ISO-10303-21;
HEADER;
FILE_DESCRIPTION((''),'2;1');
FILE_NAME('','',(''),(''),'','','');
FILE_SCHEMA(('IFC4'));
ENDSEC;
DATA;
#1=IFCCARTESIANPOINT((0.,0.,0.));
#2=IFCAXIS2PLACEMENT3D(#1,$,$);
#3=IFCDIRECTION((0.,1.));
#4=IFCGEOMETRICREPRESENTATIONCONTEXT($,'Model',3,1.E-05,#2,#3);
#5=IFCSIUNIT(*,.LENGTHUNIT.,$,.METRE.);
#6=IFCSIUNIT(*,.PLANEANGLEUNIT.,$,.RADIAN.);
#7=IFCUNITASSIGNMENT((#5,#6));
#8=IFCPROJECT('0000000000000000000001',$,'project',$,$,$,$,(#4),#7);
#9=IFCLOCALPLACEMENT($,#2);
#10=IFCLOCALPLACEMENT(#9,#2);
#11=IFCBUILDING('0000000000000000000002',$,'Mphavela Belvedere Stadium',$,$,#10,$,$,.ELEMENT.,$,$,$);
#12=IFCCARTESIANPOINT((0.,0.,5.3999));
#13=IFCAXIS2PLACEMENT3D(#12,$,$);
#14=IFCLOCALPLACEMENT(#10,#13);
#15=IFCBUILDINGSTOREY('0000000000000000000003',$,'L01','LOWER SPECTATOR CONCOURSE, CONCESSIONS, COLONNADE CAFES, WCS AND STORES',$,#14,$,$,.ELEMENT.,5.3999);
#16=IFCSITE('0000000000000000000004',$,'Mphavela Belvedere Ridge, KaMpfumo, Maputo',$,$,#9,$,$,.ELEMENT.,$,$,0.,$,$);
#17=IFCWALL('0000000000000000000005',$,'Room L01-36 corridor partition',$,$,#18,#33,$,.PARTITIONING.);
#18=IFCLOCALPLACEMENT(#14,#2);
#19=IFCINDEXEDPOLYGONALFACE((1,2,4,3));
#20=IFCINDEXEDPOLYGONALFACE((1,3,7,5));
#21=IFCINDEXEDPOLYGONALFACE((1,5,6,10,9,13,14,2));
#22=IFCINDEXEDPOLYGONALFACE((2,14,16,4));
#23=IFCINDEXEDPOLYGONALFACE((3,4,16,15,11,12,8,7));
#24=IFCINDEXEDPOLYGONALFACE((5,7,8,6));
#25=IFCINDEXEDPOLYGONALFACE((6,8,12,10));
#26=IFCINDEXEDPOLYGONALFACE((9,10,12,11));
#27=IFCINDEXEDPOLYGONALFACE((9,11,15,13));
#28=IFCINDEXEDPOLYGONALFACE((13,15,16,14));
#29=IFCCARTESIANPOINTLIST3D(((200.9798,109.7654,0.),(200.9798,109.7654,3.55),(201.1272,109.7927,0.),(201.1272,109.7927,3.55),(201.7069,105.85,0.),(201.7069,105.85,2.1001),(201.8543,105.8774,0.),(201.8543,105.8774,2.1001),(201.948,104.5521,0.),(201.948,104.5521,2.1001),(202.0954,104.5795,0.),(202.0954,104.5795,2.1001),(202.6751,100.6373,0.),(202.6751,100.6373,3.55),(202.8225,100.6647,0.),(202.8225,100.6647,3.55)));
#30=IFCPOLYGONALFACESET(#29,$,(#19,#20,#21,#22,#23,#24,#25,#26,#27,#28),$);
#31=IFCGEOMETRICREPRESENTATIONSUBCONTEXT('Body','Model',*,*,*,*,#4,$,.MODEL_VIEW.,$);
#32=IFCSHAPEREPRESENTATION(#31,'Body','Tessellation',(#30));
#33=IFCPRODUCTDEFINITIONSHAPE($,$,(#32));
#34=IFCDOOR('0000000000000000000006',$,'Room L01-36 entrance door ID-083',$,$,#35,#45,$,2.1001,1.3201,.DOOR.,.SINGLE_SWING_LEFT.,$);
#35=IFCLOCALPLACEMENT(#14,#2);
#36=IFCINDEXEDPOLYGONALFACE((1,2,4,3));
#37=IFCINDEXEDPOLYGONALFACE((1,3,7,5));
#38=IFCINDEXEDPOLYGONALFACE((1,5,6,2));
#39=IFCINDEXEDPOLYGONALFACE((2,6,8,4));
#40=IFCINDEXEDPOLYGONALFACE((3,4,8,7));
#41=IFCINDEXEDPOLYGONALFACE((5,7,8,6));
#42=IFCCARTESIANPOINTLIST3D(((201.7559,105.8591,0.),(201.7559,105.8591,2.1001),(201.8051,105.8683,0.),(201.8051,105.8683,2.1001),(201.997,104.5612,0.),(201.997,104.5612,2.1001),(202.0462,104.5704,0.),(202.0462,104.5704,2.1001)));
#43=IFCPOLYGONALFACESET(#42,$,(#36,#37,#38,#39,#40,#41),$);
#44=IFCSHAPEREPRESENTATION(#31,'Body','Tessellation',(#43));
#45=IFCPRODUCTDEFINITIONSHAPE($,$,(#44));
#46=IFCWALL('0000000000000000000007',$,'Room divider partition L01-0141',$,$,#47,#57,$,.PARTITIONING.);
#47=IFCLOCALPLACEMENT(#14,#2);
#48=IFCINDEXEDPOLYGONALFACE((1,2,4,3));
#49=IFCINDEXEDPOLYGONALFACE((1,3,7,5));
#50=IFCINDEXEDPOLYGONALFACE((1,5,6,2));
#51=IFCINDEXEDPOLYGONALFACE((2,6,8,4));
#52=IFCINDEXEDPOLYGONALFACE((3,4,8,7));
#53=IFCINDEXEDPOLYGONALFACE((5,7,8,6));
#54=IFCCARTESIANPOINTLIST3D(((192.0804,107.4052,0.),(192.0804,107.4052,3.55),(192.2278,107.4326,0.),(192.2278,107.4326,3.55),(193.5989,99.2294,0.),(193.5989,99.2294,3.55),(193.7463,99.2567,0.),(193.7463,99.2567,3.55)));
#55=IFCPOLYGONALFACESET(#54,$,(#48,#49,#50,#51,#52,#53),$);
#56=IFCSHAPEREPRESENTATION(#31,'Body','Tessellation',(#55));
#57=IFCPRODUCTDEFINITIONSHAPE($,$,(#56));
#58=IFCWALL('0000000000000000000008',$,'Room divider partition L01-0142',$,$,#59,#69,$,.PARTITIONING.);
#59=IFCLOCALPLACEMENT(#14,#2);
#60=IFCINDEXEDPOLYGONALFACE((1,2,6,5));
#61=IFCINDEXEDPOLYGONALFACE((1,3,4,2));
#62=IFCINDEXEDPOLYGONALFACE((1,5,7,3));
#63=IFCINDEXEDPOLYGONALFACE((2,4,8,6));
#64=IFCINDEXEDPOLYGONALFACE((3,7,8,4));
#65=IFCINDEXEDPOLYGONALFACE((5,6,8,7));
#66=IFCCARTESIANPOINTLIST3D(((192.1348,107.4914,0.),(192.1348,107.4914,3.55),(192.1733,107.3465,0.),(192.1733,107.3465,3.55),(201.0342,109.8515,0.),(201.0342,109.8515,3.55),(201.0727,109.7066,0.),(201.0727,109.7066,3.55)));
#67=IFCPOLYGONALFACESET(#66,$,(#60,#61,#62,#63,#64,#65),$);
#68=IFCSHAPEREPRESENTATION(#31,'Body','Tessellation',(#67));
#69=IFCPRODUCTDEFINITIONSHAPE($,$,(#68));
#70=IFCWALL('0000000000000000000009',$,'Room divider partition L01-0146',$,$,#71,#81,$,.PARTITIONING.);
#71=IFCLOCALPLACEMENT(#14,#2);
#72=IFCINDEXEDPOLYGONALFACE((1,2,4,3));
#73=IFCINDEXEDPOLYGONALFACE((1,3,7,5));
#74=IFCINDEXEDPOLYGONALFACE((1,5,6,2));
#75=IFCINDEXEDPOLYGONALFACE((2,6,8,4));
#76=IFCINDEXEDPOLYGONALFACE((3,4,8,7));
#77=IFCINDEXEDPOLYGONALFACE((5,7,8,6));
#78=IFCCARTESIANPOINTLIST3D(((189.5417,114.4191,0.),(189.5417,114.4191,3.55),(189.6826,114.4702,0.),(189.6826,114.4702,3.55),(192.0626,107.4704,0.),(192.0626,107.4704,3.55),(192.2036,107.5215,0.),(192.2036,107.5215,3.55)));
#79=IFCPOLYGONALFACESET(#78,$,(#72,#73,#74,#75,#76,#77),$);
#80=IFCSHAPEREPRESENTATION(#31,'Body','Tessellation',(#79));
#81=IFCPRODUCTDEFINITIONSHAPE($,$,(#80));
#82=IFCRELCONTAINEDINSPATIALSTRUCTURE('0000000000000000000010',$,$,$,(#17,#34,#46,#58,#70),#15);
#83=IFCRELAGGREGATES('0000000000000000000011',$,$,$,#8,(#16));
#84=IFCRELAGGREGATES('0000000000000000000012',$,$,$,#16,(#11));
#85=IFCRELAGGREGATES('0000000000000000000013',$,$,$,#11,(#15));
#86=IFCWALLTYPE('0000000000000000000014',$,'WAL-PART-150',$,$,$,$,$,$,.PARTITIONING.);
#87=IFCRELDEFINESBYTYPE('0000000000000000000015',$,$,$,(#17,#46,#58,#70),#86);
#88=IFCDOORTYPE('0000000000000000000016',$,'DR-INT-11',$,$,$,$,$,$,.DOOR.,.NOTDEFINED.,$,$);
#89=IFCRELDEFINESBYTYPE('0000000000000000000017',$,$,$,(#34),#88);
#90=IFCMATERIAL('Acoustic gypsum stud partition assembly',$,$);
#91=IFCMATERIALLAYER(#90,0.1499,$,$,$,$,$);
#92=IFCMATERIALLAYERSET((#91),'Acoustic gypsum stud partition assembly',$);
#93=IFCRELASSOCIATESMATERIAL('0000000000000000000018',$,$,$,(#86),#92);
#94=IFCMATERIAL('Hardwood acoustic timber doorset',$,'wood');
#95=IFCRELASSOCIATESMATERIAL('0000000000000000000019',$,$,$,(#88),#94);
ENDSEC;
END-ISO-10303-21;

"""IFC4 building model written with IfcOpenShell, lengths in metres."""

from ifc_helpers import new_model, si_unit, direction, frame, frame_2d, origin, place, context, subcontext, project, spatial, rectangle, extrude, material, layer, layer_set, type_object, element, fill, save


model = new_model("IFC4")

# Units and contexts
model_context = context("Model", 3, precision=1e-05, world=origin(), true_north=direction((0.0, 1.0)))
body_context = subcontext(model_context, "Body", "Model", "MODEL_VIEW")
ifc_project = project(units=[si_unit("LENGTHUNIT", "METRE"), si_unit("PLANEANGLEUNIT", "RADIAN")], contexts=[model_context])

# Site, building, storey
site_placement = place(None, origin())
site = spatial("IfcSite", under=ifc_project, at=site_placement, Name="Mphavela Belvedere Ridge, KaMpfumo, Maputo", CompositionType="ELEMENT", RefElevation=0.0)
building_placement = place(site_placement, origin())
building = spatial("IfcBuilding", under=site, at=building_placement, Name="Mphavela Belvedere Stadium", CompositionType="ELEMENT")
storey_placement = place(building_placement, frame((0.0, 0.0, 5.3999)))
storey = spatial("IfcBuildingStorey", under=building, at=storey_placement, Name="L01", Description="LOWER SPECTATOR CONCOURSE, CONCESSIONS, COLONNADE CAFES, WCS AND STORES", CompositionType="ELEMENT", Elevation=5.3999)

# Wall, opening, door
ifc_material_1 = material(Name="Acoustic gypsum stud partition assembly")
ifc_layer = layer(ifc_material_1, 0.1499)
ifc_layer_set = layer_set([ifc_layer], Name="Acoustic gypsum stud partition assembly")
wall_type = type_object("IfcWallType", Name="WAL-PART-150", PredefinedType="PARTITIONING", material=ifc_layer_set)
wall_1_placement = place(storey_placement, frame((201.0535, 109.7791, 0.0), z_axis=(0.0, 0.0, 1.0), x_axis=(0.182601, -0.983187, 0.0)))
wall_1 = element("IfcWall", 1, at=wall_1_placement, inside=storey, type_object=wall_type, Name="Room L01-36 corridor partition", PredefinedType="PARTITIONING", context=body_context, shape_type="SweptSolid", body=[
    extrude(rectangle(XDim=9.2842, YDim=0.1499, at=frame_2d((4.6421, 0.0))), origin(), (0.0, 0.0, 1.0), 3.55),
])
opening_1_placement = place(wall_1_placement, frame((3.9822, 0.0, 0.0)))
opening_1 = element("IfcOpeningElement", 2, at=opening_1_placement, cuts=wall_1, PredefinedType="OPENING", context=body_context, shape_type="SweptSolid", body=[
    extrude(rectangle(XDim=1.3201, YDim=2.1001, at=frame_2d((0.6602, 1.05))), frame((0.0, 0.085, 0.0), z_axis=(0.0, -1.0, 0.0), x_axis=(1.0, 0.0, 0.0)), (0.0, 0.0, 1.0), 0.1699),
])
ifc_material_2 = material(Name="Hardwood acoustic timber doorset", Category="wood")
door_type_1 = type_object("IfcDoorType", Name="DR-INT-11", OperationType="NOTDEFINED", PredefinedType="DOOR", material=ifc_material_2)
door_1_placement = place(opening_1_placement, origin())
door_1 = element("IfcDoor", 3, at=door_1_placement, inside=storey, type_object=door_type_1, Name="Room L01-36 entrance door ID-083", OperationType="SINGLE_SWING_LEFT", OverallHeight=2.1001, OverallWidth=1.3201, PredefinedType="DOOR", context=body_context, shape_type="SweptSolid", body=[
    extrude(rectangle(XDim=1.3201, YDim=2.1001, at=frame_2d((0.6602, 1.05))), frame((0.0, 0.0249, 0.0), z_axis=(0.0, -1.0, 0.0), x_axis=(1.0, 0.0, 0.0)), (0.0, 0.0, 1.0), 0.05),
])
fill(opening_1, door_1)

# Walls
wall_2_placement = place(storey_placement, frame((193.6726, 99.2432, 0.0), z_axis=(0.0, 0.0, 1.0), x_axis=(-0.182615, 0.983185, 0.0)))
element("IfcWall", 4, at=wall_2_placement, inside=storey, type_object=wall_type, Name="Room divider partition L01-0141", PredefinedType="PARTITIONING", context=body_context, shape_type="SweptSolid", body=[
    extrude(rectangle(XDim=8.3157, YDim=0.1499, at=frame_2d((4.1577, 0.0))), origin(), (0.0, 0.0, 1.0), 3.55),
])
wall_3_placement = place(storey_placement, frame((192.1541, 107.4189, 0.0), z_axis=(0.0, 0.0, 1.0), x_axis=(0.966587, 0.256337, 0.0)))
element("IfcWall", 5, at=wall_3_placement, inside=storey, type_object=wall_type, Name="Room divider partition L01-0142", PredefinedType="PARTITIONING", context=body_context, shape_type="SweptSolid", body=[
    extrude(rectangle(XDim=9.207, YDim=0.1499, at=frame_2d((4.6035, 0.0))), origin(), (0.0, 0.0, 1.0), 3.55),
])
wall_4_placement = place(storey_placement, frame((192.1331, 107.4961, 0.0), z_axis=(0.0, 0.0, 1.0), x_axis=(-0.341048, 0.940046, 0.0)))
element("IfcWall", 6, at=wall_4_placement, inside=storey, type_object=wall_type, Name="Room divider partition L01-0146", PredefinedType="PARTITIONING", context=body_context, shape_type="SweptSolid", body=[
    extrude(rectangle(XDim=7.3918, YDim=0.1499, at=frame_2d((3.6958, 0.0))), origin(), (0.0, 0.0, 1.0), 3.55),
])

save(model, "model.ifc")
